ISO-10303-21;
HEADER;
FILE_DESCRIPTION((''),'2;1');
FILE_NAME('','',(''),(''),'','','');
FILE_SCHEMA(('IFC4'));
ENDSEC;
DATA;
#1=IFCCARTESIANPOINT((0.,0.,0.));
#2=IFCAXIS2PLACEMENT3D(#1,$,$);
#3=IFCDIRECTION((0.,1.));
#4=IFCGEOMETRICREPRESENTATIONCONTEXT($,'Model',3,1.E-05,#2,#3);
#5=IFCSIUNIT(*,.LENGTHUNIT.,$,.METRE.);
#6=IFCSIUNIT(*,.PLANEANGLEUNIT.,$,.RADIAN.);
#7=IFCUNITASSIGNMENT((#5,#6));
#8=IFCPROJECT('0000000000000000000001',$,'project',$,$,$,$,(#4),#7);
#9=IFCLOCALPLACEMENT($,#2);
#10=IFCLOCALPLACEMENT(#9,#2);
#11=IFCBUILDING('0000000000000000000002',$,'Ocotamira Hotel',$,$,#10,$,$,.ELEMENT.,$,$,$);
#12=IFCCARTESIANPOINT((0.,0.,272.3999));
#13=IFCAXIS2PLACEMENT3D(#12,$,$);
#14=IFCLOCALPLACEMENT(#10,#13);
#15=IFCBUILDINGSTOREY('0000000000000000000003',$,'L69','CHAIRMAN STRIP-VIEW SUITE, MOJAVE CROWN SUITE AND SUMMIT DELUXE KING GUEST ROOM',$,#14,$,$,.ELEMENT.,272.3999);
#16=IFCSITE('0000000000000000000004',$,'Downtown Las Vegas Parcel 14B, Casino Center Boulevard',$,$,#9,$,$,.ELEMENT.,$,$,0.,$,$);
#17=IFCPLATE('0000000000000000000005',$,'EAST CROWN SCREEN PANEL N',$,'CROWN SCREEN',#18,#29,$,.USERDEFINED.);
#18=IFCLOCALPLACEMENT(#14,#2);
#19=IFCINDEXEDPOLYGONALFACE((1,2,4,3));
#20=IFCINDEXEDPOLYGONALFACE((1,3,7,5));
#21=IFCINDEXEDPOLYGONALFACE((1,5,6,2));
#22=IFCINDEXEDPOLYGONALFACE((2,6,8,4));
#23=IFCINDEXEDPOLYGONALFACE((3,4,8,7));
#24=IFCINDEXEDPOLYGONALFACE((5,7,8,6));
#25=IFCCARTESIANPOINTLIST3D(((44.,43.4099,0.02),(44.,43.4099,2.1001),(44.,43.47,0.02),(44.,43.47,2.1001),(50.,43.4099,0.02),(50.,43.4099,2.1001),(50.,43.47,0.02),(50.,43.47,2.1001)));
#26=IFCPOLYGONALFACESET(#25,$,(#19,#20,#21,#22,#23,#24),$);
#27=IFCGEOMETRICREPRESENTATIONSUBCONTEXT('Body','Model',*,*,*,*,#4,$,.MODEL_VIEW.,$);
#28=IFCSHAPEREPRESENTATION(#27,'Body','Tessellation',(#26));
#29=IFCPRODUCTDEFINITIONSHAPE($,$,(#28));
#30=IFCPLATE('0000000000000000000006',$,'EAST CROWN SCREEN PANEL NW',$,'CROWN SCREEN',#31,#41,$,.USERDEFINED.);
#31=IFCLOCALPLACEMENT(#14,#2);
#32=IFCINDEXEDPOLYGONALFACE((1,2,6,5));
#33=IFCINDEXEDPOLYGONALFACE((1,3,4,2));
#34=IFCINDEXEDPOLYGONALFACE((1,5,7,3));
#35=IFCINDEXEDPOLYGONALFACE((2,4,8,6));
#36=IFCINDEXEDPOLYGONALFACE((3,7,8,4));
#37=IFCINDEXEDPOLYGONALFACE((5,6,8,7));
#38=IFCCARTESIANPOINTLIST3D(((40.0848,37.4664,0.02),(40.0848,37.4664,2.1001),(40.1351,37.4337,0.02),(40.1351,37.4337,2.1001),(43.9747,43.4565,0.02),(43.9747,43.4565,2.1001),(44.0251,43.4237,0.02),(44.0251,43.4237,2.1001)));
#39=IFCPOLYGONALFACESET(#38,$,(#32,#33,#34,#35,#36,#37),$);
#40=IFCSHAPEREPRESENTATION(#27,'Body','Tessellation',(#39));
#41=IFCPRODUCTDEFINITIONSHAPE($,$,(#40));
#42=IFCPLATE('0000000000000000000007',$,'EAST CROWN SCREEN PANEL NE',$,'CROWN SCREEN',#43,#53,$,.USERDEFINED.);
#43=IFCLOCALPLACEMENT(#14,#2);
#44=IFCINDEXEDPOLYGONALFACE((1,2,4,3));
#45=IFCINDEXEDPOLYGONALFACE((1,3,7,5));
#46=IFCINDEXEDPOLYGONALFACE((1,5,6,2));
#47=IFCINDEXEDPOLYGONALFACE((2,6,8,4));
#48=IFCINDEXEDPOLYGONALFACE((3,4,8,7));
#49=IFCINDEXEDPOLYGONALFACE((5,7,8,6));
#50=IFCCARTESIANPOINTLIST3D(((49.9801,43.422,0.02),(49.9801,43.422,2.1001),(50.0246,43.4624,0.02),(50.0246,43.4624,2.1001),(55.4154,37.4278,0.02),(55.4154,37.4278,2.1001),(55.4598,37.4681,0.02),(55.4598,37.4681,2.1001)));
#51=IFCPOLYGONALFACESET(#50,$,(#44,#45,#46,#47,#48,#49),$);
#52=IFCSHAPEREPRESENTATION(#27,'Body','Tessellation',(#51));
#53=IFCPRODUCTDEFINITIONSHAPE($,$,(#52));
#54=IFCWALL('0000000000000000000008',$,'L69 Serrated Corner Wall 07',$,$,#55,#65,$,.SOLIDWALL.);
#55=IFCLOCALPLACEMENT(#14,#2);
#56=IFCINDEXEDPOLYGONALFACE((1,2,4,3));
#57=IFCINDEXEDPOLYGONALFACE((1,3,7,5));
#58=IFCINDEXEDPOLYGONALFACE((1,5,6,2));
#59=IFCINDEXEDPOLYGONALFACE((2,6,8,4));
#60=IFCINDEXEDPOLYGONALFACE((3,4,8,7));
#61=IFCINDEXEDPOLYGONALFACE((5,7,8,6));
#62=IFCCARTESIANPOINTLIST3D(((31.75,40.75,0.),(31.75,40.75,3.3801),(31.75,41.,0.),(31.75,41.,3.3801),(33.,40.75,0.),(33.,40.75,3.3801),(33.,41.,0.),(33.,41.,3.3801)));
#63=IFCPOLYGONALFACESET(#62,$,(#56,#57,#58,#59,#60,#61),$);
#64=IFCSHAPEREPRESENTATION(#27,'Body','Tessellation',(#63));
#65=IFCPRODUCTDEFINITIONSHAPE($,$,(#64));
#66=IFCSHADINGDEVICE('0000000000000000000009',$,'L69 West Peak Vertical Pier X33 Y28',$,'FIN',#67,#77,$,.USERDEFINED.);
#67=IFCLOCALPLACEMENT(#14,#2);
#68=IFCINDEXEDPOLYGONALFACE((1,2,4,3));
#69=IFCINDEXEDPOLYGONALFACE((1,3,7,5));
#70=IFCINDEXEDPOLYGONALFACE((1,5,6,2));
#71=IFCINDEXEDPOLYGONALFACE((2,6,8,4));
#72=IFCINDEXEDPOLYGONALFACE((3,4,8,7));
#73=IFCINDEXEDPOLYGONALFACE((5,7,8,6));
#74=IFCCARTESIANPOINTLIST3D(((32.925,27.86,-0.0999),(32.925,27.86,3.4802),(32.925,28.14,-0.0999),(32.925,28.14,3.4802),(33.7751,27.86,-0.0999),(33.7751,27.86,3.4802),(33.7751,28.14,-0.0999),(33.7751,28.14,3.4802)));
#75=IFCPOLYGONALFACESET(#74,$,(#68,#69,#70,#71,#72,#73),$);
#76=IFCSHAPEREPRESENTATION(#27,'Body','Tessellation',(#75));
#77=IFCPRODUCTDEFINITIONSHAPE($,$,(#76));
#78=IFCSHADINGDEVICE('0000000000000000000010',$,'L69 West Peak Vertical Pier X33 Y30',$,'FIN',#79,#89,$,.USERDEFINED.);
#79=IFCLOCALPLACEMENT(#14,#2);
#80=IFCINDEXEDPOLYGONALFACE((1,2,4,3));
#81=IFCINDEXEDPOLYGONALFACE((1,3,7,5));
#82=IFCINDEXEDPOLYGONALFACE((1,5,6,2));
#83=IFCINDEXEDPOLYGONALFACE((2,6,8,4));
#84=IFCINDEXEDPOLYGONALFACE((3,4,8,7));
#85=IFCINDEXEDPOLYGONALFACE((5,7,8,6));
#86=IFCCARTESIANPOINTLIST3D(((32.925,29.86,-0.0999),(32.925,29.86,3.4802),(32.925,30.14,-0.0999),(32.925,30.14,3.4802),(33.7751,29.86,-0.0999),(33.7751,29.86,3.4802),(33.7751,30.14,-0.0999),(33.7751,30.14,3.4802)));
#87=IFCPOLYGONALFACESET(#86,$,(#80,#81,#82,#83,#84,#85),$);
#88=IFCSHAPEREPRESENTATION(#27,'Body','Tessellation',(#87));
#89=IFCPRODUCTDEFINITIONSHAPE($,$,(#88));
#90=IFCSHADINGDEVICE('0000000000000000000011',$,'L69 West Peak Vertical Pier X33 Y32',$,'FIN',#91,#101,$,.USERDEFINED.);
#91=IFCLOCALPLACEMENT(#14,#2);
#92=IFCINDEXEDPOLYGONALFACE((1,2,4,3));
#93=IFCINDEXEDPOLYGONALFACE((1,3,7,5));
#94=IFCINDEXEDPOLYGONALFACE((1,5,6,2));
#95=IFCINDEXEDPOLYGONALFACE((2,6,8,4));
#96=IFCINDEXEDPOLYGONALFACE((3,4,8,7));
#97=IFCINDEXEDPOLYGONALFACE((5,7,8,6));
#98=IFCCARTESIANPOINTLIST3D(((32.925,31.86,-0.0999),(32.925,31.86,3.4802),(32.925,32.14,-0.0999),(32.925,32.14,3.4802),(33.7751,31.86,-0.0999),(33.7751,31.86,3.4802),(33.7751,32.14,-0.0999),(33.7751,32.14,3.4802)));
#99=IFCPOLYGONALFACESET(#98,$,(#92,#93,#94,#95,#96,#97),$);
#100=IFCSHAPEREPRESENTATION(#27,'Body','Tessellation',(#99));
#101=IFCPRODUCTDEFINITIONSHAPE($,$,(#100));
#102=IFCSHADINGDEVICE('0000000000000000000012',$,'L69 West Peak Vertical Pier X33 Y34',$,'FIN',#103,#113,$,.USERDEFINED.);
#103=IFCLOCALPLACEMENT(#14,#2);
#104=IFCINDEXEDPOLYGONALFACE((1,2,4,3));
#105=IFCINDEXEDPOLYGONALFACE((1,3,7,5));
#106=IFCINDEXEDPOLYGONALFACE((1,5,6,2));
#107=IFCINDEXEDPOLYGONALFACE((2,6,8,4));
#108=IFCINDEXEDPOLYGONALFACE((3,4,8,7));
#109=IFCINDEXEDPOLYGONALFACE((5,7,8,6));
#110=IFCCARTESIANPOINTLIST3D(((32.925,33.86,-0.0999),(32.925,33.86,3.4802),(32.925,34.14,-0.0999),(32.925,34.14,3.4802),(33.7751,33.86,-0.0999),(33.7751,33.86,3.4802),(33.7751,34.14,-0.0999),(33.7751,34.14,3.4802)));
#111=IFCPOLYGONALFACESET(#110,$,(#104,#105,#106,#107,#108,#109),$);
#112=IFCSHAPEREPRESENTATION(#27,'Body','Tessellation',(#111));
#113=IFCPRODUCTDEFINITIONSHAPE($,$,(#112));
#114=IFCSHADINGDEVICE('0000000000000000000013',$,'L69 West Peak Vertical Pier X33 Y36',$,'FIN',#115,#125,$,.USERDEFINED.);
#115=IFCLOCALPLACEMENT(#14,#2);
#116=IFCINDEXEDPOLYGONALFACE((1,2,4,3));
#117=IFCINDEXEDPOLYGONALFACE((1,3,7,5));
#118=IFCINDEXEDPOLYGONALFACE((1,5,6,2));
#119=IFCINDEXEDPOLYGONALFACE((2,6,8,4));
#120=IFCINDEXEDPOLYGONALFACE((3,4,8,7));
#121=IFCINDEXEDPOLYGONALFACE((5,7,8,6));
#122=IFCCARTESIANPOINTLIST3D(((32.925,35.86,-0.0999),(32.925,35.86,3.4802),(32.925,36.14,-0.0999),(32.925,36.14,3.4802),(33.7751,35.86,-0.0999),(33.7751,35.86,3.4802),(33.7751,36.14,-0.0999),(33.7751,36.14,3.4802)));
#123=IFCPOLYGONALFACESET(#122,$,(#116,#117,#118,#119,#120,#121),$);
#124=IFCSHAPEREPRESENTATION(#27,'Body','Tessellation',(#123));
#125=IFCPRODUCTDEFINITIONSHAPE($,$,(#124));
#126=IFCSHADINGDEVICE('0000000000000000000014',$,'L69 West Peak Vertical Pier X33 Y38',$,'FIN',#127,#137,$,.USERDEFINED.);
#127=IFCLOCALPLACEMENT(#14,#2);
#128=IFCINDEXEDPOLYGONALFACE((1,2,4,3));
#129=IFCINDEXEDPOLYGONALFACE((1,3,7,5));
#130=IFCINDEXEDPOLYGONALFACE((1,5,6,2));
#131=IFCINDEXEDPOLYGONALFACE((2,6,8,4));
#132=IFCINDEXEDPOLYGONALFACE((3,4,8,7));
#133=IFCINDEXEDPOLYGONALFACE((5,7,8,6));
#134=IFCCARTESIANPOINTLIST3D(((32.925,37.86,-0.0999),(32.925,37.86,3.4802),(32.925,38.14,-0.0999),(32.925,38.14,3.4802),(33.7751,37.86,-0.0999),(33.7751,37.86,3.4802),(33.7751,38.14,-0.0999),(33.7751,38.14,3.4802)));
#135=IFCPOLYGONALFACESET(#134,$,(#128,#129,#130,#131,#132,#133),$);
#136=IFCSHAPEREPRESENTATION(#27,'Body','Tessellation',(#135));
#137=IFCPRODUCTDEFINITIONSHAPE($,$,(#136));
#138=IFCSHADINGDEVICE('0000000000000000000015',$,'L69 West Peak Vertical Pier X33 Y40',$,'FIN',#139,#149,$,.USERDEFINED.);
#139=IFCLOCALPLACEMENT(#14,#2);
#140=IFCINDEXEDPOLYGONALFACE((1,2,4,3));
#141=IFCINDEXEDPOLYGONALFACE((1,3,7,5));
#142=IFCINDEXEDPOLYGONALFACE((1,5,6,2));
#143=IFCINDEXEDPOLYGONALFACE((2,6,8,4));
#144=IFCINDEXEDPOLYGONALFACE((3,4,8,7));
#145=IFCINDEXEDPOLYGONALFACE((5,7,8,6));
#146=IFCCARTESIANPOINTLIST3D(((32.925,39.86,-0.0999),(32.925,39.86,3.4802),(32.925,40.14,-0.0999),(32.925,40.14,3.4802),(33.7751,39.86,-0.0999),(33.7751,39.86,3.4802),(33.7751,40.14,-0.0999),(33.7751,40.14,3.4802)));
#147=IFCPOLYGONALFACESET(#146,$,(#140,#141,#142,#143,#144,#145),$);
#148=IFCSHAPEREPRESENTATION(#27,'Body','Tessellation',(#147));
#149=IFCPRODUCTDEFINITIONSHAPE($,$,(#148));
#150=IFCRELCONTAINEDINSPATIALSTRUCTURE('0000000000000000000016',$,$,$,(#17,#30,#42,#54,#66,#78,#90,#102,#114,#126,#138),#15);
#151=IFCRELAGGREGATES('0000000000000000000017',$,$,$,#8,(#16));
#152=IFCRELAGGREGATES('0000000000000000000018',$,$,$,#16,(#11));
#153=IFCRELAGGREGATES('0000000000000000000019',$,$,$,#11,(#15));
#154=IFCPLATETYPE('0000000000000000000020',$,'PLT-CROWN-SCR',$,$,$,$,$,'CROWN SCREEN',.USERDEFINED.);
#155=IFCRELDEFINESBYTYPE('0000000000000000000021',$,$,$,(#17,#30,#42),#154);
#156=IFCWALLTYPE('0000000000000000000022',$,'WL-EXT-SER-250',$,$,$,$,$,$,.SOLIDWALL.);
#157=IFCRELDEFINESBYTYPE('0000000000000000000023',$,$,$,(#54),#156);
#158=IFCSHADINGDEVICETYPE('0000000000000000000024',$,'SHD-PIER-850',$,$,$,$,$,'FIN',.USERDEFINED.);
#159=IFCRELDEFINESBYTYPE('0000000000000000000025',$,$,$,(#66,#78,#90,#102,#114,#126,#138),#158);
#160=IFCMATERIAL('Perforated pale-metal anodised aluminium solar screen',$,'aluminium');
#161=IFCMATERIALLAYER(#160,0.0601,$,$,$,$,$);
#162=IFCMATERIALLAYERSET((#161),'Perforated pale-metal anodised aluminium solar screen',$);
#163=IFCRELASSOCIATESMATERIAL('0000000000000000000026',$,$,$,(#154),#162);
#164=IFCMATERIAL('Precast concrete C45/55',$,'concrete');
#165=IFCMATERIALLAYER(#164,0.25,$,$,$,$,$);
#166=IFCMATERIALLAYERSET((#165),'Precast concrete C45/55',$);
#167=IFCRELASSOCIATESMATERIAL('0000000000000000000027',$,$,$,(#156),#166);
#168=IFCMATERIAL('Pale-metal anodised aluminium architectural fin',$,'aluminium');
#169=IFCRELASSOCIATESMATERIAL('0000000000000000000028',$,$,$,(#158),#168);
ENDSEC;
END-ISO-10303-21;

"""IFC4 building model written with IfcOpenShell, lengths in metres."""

from ifc_helpers import new_model, si_unit, direction, frame, frame_2d, origin, origin_2d, place, context, subcontext, project, spatial, rectangle, extrude, source, transform, mapped, material, layer, layer_set, type_object, element, save


model = new_model("IFC4")

# Units and contexts
model_context = context("Model", 3, precision=1e-05, world=origin(), true_north=direction((0.0, 1.0)))
body_context = subcontext(model_context, "Body", "Model", "MODEL_VIEW")
ifc_project = project(units=[si_unit("LENGTHUNIT", "METRE"), si_unit("PLANEANGLEUNIT", "RADIAN")], contexts=[model_context])

# Site, building, storey
site_placement = place(None, origin())
site = spatial("IfcSite", under=ifc_project, at=site_placement, Name="Downtown Las Vegas Parcel 14B, Casino Center Boulevard", CompositionType="ELEMENT", RefElevation=0.0)
building_placement = place(site_placement, origin())
building = spatial("IfcBuilding", under=site, at=building_placement, Name="Ocotamira Hotel", CompositionType="ELEMENT")
storey_placement = place(building_placement, frame((0.0, 0.0, 272.3999)))
storey = spatial("IfcBuildingStorey", under=building, at=storey_placement, Name="L69", Description="CHAIRMAN STRIP-VIEW SUITE, MOJAVE CROWN SUITE AND SUMMIT DELUXE KING GUEST ROOM", CompositionType="ELEMENT", Elevation=272.3999)

# Plates
ifc_material_1 = material(Name="Perforated pale-metal anodised aluminium solar screen", Category="aluminium")
ifc_layer_1 = layer(ifc_material_1, 0.0601)
ifc_layer_set_1 = layer_set([ifc_layer_1], Name="Perforated pale-metal anodised aluminium solar screen")
plate_type_1 = type_object("IfcPlateType", Name="PLT-CROWN-SCR", ElementType="CROWN SCREEN", PredefinedType="USERDEFINED", material=ifc_layer_set_1)
shared_shape_1 = source(origin(), body_context, "Body", "SweptSolid", [
    extrude(rectangle(XDim=6.0, YDim=0.0601, at=origin_2d()), origin(), (0.0, 0.0, 1.0), 2.0801),
])
plate_1_placement = place(storey_placement, frame((47.0, 43.4399, 0.02), z_axis=(0.0, 0.0, 1.0), x_axis=(1.0, 0.0, 0.0)))
element("IfcPlate", 1, at=plate_1_placement, inside=storey, type_object=plate_type_1, Name="EAST CROWN SCREEN PANEL N", ObjectType="CROWN SCREEN", PredefinedType="USERDEFINED", context=body_context, shape_type="MappedRepresentation", body=[
    mapped(shared_shape_1, transform((0.0, 0.0, 0.0), scale=1.0)),
])
shared_shape_2 = source(origin(), body_context, "Body", "SweptSolid", [
    extrude(rectangle(XDim=7.1423, YDim=0.0601, at=origin_2d()), origin(), (0.0, 0.0, 1.0), 2.0801),
])
plate_2_placement = place(storey_placement, frame((42.0549, 40.4451, 0.02), z_axis=(0.0, 0.0, 1.0), x_axis=(0.544639, 0.838671, 0.0)))
element("IfcPlate", 2, at=plate_2_placement, inside=storey, type_object=plate_type_1, Name="EAST CROWN SCREEN PANEL NW", ObjectType="CROWN SCREEN", PredefinedType="USERDEFINED", context=body_context, shape_type="MappedRepresentation", body=[
    mapped(shared_shape_2, transform((0.0, 0.0, 0.0), scale=1.0)),
])
shared_shape_3 = source(origin(), body_context, "Body", "SweptSolid", [
    extrude(rectangle(XDim=8.0916, YDim=0.0601, at=origin_2d()), origin(), (0.0, 0.0, 1.0), 2.0801),
])
plate_3_placement = place(storey_placement, frame((52.72, 40.4451, 0.02), z_axis=(0.0, 0.0, 1.0), x_axis=(0.671721, -0.740805, 0.0)))
element("IfcPlate", 3, at=plate_3_placement, inside=storey, type_object=plate_type_1, Name="EAST CROWN SCREEN PANEL NE", ObjectType="CROWN SCREEN", PredefinedType="USERDEFINED", context=body_context, shape_type="MappedRepresentation", body=[
    mapped(shared_shape_3, transform((0.0, 0.0, 0.0), scale=1.0)),
])

# Wall
ifc_material_2 = material(Name="Precast concrete C45/55", Category="concrete")
ifc_layer_2 = layer(ifc_material_2, 0.25)
ifc_layer_set_2 = layer_set([ifc_layer_2], Name="Precast concrete C45/55")
wall_type = type_object("IfcWallType", Name="WL-EXT-SER-250", PredefinedType="SOLIDWALL", material=ifc_layer_set_2)
wall_placement = place(storey_placement, frame((33.0, 40.875, 0.0), z_axis=(0.0, 0.0, 1.0), x_axis=(-1.0, 0.0, 0.0)))
element("IfcWall", 4, at=wall_placement, inside=storey, type_object=wall_type, Name="L69 Serrated Corner Wall 07", PredefinedType="SOLIDWALL", context=body_context, shape_type="SweptSolid", body=[
    extrude(rectangle(XDim=1.25, YDim=0.25, at=frame_2d((0.625, 0.0))), origin(), (0.0, 0.0, 1.0), 3.3801),
])

# Shading devices
ifc_material_3 = material(Name="Pale-metal anodised aluminium architectural fin", Category="aluminium")
shading_device_type = type_object("IfcShadingDeviceType", Name="SHD-PIER-850", ElementType="FIN", PredefinedType="USERDEFINED", material=ifc_material_3)
shared_shape_4 = source(origin(), body_context, "Body", "SweptSolid", [
    extrude(rectangle(XDim=0.8501, YDim=0.28, at=origin_2d()), origin(), (0.0, 0.0, 1.0), 3.5801),
])
for number, where, z_axis, x_axis, name in (
    (5, (33.3501, 28.0, -0.0999), (0.0, 0.0, 1.0), (1.0, 0.0, 0.0), "L69 West Peak Vertical Pier X33 Y28"),
    (6, (33.3501, 30.0, -0.0999), (0.0, 0.0, 1.0), (1.0, 0.0, 0.0), "L69 West Peak Vertical Pier X33 Y30"),
    (7, (33.3501, 32.0, -0.0999), (0.0, 0.0, 1.0), (1.0, 0.0, 0.0), "L69 West Peak Vertical Pier X33 Y32"),
    (8, (33.3501, 34.0, -0.0999), (0.0, 0.0, 1.0), (1.0, 0.0, 0.0), "L69 West Peak Vertical Pier X33 Y34"),
    (9, (33.3501, 36.0, -0.0999), (0.0, 0.0, 1.0), (1.0, 0.0, 0.0), "L69 West Peak Vertical Pier X33 Y36"),
    (10, (33.3501, 38.0, -0.0999), (0.0, 0.0, 1.0), (1.0, 0.0, 0.0), "L69 West Peak Vertical Pier X33 Y38"),
    (11, (33.3501, 40.0, -0.0999), (0.0, 0.0, 1.0), (1.0, 0.0, 0.0), "L69 West Peak Vertical Pier X33 Y40"),
):
    element("IfcShadingDevice", number, at=place(storey_placement, frame(where, z_axis=z_axis, x_axis=x_axis)), inside=storey, type_object=shading_device_type, Name=name, ObjectType="FIN", PredefinedType="USERDEFINED", context=body_context, shape_type="MappedRepresentation", body=[
        mapped(shared_shape_4, transform((0.0, 0.0, 0.0), scale=1.0)),
    ])

save(model, "model.ifc")
